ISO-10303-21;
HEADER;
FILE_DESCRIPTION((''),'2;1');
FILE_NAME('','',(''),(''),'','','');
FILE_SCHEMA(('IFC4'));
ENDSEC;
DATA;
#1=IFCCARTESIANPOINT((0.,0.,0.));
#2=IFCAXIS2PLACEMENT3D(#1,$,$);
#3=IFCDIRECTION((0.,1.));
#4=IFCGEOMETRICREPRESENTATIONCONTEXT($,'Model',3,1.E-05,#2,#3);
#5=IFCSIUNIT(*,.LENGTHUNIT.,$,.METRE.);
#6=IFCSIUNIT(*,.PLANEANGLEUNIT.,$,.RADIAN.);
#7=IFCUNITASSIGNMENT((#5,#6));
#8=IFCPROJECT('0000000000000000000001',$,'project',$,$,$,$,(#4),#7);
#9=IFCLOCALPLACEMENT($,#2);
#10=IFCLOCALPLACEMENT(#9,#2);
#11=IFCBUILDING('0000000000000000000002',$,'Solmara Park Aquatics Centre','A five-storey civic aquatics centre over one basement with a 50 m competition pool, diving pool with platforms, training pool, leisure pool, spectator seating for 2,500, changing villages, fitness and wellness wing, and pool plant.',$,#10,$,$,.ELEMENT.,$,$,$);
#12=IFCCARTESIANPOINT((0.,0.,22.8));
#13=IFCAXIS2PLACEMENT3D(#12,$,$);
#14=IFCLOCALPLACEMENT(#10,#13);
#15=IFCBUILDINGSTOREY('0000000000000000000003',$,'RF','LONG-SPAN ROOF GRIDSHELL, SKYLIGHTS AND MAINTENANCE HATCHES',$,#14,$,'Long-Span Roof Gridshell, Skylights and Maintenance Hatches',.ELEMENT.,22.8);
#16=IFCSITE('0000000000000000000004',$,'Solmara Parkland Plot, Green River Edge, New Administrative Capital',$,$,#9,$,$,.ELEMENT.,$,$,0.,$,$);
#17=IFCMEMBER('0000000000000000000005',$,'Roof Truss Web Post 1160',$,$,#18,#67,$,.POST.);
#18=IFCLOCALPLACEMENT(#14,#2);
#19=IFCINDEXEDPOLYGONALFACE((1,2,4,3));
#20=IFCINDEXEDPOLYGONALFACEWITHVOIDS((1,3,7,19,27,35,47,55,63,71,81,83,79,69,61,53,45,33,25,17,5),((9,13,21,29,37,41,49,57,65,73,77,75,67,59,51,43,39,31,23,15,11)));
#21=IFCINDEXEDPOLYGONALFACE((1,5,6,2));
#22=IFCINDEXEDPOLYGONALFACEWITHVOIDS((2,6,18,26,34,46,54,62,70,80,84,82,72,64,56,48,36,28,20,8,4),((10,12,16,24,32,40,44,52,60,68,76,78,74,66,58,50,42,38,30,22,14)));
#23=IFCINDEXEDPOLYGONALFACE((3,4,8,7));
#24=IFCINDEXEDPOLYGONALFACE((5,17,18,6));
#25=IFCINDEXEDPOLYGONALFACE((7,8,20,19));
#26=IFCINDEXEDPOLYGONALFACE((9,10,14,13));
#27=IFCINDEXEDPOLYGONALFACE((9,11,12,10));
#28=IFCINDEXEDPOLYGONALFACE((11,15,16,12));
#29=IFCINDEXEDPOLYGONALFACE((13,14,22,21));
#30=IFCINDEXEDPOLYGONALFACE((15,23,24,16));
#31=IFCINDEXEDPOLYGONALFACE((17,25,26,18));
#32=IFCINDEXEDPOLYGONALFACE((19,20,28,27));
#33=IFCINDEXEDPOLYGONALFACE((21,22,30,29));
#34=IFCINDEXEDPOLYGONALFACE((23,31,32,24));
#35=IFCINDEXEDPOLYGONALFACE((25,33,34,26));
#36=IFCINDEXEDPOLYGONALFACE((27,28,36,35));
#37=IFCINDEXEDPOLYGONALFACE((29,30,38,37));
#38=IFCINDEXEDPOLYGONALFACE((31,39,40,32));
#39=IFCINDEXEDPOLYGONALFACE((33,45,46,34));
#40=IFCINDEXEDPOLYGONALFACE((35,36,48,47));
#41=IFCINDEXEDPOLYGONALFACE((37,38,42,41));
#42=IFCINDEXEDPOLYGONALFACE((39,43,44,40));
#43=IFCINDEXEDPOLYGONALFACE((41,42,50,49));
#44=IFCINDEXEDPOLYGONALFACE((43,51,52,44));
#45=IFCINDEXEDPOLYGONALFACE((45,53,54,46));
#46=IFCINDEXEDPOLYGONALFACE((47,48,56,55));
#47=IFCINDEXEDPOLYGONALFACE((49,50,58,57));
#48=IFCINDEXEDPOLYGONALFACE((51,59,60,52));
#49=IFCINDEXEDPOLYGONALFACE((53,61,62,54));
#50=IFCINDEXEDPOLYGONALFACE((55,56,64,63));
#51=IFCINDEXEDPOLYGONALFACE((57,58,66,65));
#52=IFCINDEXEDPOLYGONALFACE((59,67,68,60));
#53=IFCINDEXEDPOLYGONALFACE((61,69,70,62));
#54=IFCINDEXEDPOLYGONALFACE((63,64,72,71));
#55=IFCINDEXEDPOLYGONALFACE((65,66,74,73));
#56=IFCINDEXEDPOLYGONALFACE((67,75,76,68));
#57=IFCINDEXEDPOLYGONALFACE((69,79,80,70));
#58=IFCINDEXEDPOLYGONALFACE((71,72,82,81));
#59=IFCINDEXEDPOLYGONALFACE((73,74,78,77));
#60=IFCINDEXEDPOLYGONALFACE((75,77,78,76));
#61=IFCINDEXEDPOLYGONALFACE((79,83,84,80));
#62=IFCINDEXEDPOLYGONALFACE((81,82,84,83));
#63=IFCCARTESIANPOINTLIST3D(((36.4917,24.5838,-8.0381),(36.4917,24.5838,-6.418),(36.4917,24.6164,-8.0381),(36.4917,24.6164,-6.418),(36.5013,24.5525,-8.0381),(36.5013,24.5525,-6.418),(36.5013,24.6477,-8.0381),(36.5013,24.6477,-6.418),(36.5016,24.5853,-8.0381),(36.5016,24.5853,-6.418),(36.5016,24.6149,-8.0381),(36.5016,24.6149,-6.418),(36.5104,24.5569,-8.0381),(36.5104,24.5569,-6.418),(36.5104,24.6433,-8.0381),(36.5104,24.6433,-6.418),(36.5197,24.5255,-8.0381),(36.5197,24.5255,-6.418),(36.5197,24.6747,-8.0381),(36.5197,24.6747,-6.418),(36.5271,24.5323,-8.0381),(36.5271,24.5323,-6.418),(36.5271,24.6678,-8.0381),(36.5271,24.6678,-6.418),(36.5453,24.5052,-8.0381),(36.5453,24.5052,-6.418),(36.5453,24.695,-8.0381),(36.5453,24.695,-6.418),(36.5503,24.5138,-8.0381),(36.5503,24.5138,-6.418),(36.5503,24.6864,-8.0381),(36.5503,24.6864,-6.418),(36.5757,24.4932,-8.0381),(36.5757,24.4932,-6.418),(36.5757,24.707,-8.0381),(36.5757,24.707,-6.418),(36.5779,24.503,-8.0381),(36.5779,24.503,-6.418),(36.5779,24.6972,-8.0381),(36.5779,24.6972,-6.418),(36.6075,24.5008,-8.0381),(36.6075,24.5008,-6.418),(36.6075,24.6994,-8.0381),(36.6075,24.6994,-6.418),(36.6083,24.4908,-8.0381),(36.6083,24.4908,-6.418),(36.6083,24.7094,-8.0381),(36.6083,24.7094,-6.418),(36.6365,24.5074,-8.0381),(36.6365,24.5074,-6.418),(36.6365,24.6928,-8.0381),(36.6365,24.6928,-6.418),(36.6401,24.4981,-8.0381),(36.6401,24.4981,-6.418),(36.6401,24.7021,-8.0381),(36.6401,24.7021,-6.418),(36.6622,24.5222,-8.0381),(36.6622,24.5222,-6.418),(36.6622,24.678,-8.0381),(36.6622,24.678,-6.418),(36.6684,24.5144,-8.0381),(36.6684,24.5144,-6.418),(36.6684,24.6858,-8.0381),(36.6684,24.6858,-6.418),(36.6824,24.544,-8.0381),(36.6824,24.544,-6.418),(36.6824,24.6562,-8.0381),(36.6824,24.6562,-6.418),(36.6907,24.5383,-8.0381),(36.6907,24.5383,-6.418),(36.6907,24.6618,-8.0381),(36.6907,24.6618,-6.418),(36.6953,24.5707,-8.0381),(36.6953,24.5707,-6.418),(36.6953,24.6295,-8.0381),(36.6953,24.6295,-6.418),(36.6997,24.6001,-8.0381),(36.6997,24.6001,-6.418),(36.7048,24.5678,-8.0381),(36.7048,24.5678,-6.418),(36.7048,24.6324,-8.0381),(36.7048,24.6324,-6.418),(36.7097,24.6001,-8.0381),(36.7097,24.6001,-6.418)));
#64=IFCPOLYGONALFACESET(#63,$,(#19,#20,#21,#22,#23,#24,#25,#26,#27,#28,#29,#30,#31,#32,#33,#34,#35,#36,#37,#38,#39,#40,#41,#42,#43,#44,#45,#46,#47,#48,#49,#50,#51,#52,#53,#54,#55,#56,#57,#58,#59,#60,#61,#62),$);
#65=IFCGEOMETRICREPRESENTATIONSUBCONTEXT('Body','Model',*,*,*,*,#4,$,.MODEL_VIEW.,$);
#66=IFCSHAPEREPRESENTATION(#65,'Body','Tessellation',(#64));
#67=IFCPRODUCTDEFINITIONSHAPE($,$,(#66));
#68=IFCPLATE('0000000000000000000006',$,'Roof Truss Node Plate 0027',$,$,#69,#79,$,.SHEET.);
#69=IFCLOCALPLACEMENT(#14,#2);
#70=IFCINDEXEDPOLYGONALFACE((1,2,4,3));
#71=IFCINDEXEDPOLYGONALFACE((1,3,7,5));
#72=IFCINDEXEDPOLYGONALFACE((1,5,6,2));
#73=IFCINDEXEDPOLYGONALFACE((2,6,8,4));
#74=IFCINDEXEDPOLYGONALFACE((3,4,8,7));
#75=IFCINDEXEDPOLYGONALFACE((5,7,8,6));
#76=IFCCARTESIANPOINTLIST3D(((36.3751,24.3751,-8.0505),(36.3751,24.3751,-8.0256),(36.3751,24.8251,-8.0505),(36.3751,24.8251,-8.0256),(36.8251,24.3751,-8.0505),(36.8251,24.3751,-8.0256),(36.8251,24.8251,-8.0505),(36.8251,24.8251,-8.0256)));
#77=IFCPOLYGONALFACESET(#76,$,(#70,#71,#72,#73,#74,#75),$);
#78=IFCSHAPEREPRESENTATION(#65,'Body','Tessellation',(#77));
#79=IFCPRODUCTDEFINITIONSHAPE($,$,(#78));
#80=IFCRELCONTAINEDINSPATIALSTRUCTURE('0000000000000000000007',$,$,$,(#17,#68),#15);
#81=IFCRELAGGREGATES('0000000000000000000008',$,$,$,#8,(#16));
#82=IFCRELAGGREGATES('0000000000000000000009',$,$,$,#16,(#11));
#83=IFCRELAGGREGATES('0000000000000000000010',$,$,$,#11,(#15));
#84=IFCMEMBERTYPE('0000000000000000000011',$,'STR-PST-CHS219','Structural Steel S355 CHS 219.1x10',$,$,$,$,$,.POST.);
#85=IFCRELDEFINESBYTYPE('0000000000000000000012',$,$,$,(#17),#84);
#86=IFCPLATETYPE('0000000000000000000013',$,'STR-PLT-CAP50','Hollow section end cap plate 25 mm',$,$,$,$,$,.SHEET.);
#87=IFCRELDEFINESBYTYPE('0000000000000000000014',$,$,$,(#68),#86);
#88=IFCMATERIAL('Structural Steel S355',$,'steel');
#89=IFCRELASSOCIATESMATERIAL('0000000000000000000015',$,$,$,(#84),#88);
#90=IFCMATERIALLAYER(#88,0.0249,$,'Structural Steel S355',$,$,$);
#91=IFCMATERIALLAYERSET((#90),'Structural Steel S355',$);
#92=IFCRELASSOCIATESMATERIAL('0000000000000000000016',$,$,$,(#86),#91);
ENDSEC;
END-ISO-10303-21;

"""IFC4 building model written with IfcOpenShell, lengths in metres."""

from ifc_helpers import new_model, si_unit, direction, frame, origin, origin_2d, place, context, subcontext, project, spatial, rectangle, hollow_circle, extrude, material, layer, layer_set, material_profile, profile_set, type_object, element, save


model = new_model("IFC4")

# Units and contexts
model_context = context("Model", 3, precision=1e-05, world=origin(), true_north=direction((0.0, 1.0)))
body_context = subcontext(model_context, "Body", "Model", "MODEL_VIEW")
ifc_project = project(units=[si_unit("LENGTHUNIT", "METRE"), si_unit("PLANEANGLEUNIT", "RADIAN")], contexts=[model_context])

# Site, building, storey
site_placement = place(None, origin())
site = spatial("IfcSite", under=ifc_project, at=site_placement, Name="Solmara Parkland Plot, Green River Edge, New Administrative Capital", CompositionType="ELEMENT", RefElevation=0.0)
building_placement = place(site_placement, origin())
building = spatial("IfcBuilding", under=site, at=building_placement, Name="Solmara Park Aquatics Centre", Description="A five-storey civic aquatics centre over one basement with a 50 m competition pool, diving pool with platforms, training pool, leisure pool, spectator seating for 2,500, changing villages, fitness and wellness wing, and pool plant.", CompositionType="ELEMENT")
storey_placement = place(building_placement, frame((0.0, 0.0, 22.8)))
storey = spatial("IfcBuildingStorey", under=building, at=storey_placement, Name="RF", Description="LONG-SPAN ROOF GRIDSHELL, SKYLIGHTS AND MAINTENANCE HATCHES", LongName="Long-Span Roof Gridshell, Skylights and Maintenance Hatches", CompositionType="ELEMENT", Elevation=22.8)

# Member
ifc_material_1 = material(Name="Structural Steel S355", Category="steel")
ifc_material_profile_1 = material_profile(ifc_material_1, hollow_circle(Radius=0.1096, WallThickness=0.01, at=origin_2d()), Name="CHS 219.1x10")
ifc_profile_set_1 = profile_set([ifc_material_profile_1], Name="Structural Steel S355")
member_type_1 = type_object("IfcMemberType", Name="STR-PST-CHS219", Description="Structural Steel S355 CHS 219.1x10", PredefinedType="POST", material=ifc_profile_set_1)
for number, where, z_axis, x_axis, name in (
    (1, (36.6001, 24.6001, -8.0381), (0.0, 0.0, 1.0), (1.0, 0.0, 0.0), "Roof Truss Web Post 1160"),
):
    element("IfcMember", number, at=place(storey_placement, frame(where, z_axis=z_axis, x_axis=x_axis)), inside=storey, type_object=member_type_1, Name=name, PredefinedType="POST", context=body_context, shape_type="SweptSolid", body=[
        extrude(hollow_circle(Radius=0.1096, WallThickness=0.01, at=origin_2d()), origin(), (0.0, 0.0, 1.0), 1.6201),
    ])

# Plate
ifc_layer = layer(ifc_material_1, 0.0249, Name="Structural Steel S355")
ifc_layer_set = layer_set([ifc_layer], Name="Structural Steel S355")
plate_type = type_object("IfcPlateType", Name="STR-PLT-CAP50", Description="Hollow section end cap plate 25 mm", PredefinedType="SHEET", material=ifc_layer_set)
plate_placement = place(storey_placement, frame((36.6001, 24.6001, -8.0505), z_axis=(0.0, 0.0, 1.0), x_axis=(1.0, 0.0, 0.0)))
element("IfcPlate", 2, at=plate_placement, inside=storey, type_object=plate_type, Name="Roof Truss Node Plate 0027", PredefinedType="SHEET", context=body_context, shape_type="SweptSolid", body=[
    extrude(rectangle(XDim=0.45, YDim=0.45, at=origin_2d()), origin(), (0.0, 0.0, 1.0), 0.0249),
])

save(model, "model.ifc")
